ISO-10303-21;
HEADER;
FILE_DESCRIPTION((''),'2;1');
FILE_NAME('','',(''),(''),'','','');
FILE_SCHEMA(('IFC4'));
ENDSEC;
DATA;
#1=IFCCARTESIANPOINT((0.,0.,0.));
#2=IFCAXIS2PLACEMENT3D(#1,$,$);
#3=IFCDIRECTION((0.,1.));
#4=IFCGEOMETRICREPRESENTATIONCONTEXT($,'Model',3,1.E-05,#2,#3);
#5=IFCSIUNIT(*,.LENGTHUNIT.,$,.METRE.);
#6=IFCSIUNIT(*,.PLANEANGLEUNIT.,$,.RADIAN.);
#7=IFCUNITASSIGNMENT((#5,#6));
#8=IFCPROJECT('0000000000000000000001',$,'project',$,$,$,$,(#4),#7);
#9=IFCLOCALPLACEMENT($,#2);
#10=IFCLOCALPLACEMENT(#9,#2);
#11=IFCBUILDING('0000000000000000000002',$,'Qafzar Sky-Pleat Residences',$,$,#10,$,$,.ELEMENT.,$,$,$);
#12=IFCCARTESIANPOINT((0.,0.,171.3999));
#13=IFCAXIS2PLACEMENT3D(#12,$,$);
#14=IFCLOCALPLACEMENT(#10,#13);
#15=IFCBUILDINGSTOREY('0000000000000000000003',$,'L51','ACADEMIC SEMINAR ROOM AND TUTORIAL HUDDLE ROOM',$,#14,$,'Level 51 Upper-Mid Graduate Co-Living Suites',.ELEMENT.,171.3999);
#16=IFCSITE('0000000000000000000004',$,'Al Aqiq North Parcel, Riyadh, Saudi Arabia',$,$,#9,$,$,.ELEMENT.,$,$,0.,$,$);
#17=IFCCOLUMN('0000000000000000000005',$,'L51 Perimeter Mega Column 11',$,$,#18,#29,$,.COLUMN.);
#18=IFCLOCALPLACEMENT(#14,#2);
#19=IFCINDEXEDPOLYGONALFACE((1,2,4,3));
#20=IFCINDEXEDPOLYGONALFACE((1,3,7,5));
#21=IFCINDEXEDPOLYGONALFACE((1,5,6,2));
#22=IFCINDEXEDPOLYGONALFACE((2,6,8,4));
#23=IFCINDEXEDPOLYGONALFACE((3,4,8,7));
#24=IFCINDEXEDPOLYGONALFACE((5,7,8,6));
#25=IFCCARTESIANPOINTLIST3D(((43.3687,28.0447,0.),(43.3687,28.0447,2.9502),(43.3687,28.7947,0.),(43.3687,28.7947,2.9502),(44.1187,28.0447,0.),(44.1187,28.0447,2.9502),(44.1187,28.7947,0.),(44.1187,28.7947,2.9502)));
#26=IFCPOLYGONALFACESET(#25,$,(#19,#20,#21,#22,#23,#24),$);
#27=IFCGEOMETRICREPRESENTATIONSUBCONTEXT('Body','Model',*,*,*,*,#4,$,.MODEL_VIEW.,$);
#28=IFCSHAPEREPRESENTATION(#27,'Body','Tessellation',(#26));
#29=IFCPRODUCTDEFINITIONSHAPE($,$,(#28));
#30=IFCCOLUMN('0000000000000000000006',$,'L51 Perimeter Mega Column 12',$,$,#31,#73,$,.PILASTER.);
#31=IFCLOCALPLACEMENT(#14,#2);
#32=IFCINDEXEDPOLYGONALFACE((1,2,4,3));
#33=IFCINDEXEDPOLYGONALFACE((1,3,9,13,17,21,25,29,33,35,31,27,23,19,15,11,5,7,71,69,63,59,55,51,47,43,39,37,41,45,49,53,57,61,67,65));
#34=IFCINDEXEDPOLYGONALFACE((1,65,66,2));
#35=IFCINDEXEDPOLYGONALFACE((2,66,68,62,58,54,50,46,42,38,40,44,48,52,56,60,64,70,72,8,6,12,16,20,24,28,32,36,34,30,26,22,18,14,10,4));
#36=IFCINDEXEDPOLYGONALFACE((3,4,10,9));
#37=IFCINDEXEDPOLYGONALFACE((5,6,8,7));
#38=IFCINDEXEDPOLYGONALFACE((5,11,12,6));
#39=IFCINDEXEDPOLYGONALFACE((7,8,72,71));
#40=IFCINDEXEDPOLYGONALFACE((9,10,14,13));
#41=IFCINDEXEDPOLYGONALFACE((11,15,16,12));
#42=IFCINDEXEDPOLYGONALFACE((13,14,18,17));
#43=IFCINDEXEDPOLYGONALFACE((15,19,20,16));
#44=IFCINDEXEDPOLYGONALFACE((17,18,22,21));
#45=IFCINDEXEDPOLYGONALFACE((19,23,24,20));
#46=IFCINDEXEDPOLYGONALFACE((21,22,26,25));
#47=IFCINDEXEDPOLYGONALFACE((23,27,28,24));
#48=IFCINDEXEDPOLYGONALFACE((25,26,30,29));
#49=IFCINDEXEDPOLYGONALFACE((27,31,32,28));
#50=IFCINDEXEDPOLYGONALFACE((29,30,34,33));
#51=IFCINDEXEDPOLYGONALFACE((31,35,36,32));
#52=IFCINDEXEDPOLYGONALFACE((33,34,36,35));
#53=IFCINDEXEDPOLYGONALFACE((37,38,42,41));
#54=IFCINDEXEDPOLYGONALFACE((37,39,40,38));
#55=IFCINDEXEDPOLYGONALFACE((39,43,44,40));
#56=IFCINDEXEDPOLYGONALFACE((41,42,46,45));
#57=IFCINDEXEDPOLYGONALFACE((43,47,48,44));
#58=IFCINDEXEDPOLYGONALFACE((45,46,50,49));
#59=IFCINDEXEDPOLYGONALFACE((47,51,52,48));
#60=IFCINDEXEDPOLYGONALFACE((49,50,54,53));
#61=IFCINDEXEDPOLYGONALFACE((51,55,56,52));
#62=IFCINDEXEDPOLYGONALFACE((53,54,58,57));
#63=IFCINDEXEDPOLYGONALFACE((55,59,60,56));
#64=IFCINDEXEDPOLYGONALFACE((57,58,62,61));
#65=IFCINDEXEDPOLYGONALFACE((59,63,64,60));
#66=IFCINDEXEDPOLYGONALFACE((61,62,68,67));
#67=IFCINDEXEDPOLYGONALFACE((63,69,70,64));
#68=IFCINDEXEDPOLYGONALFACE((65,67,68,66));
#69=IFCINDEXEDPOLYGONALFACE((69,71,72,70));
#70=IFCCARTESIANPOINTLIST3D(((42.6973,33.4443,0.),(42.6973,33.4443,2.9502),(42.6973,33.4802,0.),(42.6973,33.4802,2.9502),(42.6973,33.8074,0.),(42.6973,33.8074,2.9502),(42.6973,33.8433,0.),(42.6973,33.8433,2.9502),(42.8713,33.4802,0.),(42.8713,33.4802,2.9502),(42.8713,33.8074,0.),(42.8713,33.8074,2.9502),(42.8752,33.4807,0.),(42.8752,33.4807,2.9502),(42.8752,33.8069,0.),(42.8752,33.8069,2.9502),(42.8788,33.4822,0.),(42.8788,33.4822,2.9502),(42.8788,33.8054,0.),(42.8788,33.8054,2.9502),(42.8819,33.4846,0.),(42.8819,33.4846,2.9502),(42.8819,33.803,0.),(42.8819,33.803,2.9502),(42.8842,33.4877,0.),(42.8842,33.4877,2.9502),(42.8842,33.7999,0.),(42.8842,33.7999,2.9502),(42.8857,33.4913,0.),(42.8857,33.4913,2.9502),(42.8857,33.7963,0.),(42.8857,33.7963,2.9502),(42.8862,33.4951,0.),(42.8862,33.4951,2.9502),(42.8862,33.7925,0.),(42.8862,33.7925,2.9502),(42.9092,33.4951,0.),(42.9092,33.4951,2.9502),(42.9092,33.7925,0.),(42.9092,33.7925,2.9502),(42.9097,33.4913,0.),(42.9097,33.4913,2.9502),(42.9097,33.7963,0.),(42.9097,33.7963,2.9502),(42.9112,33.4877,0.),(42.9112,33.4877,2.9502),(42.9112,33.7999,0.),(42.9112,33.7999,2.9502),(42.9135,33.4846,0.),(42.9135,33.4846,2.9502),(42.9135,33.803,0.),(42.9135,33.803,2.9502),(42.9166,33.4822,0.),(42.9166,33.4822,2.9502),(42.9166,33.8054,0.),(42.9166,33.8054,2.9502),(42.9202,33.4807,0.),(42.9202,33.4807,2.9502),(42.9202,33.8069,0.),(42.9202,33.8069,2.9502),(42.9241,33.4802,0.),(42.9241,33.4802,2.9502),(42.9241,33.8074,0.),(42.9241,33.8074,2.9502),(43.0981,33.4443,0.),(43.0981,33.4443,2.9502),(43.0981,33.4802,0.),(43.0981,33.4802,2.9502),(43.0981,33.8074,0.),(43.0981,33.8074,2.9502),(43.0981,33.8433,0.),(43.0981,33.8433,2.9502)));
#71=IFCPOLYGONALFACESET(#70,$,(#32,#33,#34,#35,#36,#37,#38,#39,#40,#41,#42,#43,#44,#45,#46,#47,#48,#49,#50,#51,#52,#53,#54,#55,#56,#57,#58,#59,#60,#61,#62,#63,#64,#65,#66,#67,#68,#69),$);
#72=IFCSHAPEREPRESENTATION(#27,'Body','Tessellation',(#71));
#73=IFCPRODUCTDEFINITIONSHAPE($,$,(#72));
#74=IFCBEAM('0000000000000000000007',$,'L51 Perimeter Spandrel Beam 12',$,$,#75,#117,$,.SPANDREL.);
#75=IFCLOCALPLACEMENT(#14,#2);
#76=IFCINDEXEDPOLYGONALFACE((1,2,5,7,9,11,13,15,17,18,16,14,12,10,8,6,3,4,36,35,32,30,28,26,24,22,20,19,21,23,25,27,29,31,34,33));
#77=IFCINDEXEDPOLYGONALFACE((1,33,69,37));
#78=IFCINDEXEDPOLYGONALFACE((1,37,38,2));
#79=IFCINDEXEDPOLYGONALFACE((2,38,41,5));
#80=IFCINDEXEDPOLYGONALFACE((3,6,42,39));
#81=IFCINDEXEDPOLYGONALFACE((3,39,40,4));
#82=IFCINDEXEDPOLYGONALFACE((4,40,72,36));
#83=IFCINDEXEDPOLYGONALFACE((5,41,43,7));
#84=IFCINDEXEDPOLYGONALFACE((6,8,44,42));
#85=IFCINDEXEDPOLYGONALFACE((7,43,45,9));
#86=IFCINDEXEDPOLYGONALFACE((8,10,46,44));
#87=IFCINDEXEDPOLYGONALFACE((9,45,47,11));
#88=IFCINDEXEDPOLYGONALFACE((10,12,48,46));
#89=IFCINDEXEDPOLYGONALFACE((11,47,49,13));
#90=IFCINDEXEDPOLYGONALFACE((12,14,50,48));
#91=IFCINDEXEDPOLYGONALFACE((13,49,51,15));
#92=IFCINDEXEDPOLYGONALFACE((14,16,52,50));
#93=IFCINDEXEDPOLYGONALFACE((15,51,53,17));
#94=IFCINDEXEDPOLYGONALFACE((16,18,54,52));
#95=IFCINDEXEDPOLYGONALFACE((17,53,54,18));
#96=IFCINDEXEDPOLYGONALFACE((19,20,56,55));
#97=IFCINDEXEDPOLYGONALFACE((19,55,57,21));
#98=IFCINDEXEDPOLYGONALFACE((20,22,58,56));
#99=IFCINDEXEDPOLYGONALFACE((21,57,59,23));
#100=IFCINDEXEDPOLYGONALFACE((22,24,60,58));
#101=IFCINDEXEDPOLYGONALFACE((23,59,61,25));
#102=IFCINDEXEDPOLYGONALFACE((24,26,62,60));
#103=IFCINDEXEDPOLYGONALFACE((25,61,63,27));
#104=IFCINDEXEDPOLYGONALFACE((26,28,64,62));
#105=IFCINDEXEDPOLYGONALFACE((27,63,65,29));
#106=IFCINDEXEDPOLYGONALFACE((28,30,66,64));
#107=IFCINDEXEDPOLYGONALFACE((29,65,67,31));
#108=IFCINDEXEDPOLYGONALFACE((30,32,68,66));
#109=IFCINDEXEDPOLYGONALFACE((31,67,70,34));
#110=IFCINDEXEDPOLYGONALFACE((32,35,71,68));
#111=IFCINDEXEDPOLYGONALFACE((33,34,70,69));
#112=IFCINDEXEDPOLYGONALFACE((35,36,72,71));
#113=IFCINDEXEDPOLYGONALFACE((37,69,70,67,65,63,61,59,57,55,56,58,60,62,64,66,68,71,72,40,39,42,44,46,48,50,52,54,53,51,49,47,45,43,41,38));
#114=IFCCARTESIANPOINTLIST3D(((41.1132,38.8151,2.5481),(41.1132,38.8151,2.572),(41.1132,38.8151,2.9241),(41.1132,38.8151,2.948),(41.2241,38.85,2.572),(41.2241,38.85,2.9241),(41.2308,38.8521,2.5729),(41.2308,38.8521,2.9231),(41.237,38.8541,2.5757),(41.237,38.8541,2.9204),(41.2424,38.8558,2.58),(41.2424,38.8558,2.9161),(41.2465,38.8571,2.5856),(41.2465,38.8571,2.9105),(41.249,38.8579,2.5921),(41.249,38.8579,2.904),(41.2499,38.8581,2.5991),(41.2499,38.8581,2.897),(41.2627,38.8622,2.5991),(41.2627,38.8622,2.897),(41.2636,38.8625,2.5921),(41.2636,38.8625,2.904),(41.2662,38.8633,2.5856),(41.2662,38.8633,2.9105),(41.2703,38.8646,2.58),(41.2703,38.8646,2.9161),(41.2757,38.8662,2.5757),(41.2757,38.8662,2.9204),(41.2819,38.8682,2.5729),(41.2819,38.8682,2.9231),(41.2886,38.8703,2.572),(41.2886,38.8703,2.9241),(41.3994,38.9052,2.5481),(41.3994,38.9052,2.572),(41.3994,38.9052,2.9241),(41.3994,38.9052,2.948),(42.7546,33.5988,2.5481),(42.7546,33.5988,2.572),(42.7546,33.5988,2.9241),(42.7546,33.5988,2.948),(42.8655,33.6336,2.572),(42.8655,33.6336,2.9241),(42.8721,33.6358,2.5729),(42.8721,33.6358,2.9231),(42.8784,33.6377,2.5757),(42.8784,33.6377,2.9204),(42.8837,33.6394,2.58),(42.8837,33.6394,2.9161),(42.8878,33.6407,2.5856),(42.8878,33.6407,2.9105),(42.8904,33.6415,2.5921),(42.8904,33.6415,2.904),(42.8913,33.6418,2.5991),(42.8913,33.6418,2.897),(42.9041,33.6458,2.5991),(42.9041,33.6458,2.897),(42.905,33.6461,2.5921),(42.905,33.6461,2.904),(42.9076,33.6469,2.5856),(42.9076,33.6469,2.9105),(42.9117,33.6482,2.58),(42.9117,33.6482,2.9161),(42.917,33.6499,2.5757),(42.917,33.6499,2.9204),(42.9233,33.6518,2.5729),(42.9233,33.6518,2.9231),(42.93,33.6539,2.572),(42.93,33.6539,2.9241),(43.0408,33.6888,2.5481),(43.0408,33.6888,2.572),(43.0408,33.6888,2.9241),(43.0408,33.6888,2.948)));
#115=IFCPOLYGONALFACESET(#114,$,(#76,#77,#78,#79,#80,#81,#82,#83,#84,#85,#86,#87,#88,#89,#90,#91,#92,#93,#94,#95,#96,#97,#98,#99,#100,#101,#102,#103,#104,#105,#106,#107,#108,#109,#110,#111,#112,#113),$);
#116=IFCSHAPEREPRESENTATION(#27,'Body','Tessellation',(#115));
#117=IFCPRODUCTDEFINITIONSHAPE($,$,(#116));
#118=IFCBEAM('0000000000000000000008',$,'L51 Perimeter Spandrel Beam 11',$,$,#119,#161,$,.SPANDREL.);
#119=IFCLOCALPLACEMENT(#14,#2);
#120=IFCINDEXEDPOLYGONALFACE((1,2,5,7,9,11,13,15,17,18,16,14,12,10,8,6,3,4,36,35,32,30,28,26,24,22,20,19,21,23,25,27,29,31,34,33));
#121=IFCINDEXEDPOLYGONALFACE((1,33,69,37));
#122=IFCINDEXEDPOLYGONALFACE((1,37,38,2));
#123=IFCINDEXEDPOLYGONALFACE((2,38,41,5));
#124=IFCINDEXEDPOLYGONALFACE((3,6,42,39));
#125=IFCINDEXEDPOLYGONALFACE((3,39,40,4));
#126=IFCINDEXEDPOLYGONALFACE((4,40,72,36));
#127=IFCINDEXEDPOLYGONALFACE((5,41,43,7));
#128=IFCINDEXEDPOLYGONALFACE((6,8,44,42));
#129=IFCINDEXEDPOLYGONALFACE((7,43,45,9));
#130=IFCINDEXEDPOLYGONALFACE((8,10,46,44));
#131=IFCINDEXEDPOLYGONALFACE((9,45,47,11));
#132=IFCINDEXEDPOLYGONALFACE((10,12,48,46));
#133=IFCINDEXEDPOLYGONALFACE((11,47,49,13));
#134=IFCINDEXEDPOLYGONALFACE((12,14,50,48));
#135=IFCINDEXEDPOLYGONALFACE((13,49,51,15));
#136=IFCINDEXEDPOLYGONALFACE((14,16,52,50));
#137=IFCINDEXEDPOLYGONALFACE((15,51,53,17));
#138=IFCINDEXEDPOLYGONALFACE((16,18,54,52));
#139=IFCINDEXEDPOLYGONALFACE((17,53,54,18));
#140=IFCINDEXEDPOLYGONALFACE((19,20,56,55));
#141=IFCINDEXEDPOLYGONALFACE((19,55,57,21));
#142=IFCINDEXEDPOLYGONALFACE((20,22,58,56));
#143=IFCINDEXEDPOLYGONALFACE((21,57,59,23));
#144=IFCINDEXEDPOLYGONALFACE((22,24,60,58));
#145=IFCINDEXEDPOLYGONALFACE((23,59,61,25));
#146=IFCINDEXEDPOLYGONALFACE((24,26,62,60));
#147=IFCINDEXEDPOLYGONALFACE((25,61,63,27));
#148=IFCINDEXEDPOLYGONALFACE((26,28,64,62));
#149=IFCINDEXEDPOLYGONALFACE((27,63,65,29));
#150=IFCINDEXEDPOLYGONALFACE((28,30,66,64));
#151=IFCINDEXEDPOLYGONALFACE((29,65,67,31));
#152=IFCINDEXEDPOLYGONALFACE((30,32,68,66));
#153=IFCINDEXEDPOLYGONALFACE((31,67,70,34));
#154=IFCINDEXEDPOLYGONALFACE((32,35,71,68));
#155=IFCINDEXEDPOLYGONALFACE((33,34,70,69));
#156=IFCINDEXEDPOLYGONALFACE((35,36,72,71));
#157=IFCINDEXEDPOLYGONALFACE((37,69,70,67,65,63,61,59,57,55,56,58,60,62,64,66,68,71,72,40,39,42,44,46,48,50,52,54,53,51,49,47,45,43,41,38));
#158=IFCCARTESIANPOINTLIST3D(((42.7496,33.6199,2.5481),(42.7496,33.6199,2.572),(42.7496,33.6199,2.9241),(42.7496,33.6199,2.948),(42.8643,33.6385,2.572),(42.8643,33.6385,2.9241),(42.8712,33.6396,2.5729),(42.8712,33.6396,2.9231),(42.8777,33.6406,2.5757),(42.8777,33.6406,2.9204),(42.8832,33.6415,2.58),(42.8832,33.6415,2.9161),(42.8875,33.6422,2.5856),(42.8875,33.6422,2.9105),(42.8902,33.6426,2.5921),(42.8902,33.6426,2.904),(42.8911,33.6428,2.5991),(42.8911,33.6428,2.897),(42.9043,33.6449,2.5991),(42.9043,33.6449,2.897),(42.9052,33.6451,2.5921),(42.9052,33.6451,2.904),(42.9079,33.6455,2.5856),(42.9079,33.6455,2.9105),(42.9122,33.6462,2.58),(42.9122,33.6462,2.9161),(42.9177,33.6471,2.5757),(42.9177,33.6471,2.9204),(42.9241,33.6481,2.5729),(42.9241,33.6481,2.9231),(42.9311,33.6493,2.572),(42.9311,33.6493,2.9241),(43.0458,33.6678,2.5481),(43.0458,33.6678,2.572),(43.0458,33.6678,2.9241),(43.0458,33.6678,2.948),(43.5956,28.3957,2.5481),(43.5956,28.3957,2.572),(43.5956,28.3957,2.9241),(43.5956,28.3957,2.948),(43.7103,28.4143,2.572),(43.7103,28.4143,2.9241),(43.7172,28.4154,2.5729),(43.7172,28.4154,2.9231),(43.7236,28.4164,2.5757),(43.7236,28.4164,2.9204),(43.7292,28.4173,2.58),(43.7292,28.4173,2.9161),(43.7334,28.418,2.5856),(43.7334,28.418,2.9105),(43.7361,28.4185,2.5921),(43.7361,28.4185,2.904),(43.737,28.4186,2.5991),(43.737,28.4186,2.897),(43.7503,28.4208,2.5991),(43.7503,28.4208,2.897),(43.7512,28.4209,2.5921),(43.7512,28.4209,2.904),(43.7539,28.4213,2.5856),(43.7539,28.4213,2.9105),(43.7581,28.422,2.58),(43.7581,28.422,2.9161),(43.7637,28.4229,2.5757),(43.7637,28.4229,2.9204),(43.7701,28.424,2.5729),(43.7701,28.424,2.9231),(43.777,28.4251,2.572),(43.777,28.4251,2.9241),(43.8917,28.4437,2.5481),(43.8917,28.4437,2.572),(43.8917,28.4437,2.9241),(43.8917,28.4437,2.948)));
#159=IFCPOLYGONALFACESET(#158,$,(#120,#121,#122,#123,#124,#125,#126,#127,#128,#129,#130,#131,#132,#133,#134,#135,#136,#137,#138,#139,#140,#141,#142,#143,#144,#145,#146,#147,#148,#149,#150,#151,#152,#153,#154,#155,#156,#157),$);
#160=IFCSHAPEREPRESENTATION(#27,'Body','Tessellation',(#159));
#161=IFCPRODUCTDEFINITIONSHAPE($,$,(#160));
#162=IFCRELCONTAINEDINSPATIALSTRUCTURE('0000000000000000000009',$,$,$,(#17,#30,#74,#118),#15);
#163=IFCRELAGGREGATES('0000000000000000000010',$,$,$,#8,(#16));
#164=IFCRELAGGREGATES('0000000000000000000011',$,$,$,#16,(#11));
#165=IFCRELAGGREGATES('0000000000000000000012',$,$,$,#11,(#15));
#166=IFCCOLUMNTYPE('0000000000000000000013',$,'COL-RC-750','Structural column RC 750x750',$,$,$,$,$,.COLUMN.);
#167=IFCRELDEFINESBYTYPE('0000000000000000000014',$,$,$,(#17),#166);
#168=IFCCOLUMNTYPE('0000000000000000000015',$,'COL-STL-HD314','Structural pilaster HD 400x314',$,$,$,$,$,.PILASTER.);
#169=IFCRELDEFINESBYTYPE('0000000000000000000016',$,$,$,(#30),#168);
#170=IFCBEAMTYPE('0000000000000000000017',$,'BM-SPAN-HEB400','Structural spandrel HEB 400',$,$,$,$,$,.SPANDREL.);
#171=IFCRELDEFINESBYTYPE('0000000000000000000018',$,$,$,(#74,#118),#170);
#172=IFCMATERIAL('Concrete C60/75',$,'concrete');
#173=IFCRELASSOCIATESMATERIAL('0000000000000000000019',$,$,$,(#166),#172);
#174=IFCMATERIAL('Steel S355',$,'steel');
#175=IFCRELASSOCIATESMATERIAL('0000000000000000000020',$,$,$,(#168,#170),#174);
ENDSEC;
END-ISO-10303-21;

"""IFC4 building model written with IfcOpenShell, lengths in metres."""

from ifc_helpers import new_model, si_unit, direction, frame, origin, origin_2d, place, context, subcontext, project, spatial, rectangle, i_section, extrude, source, transform, mapped, material, material_profile, profile_set, type_object, element, save


model = new_model("IFC4")

# Units and contexts
model_context = context("Model", 3, precision=1e-05, world=origin(), true_north=direction((0.0, 1.0)))
body_context = subcontext(model_context, "Body", "Model", "MODEL_VIEW")
ifc_project = project(units=[si_unit("LENGTHUNIT", "METRE"), si_unit("PLANEANGLEUNIT", "RADIAN")], contexts=[model_context])

# Site, building, storey
site_placement = place(None, origin())
site = spatial("IfcSite", under=ifc_project, at=site_placement, Name="Al Aqiq North Parcel, Riyadh, Saudi Arabia", CompositionType="ELEMENT", RefElevation=0.0)
building_placement = place(site_placement, origin())
building = spatial("IfcBuilding", under=site, at=building_placement, Name="Qafzar Sky-Pleat Residences", CompositionType="ELEMENT")
storey_placement = place(building_placement, frame((0.0, 0.0, 171.3999)))
storey = spatial("IfcBuildingStorey", under=building, at=storey_placement, Name="L51", Description="ACADEMIC SEMINAR ROOM AND TUTORIAL HUDDLE ROOM", LongName="Level 51 Upper-Mid Graduate Co-Living Suites", CompositionType="ELEMENT", Elevation=171.3999)

# Columns
ifc_material_1 = material(Name="Concrete C60/75", Category="concrete")
ifc_material_profile_1 = material_profile(ifc_material_1, rectangle(XDim=0.75, YDim=0.75, at=origin_2d()), Name="RC 750x750")
ifc_profile_set_1 = profile_set([ifc_material_profile_1], Name="Concrete C60/75")
column_type_1 = type_object("IfcColumnType", Name="COL-RC-750", Description="Structural column RC 750x750", PredefinedType="COLUMN", material=ifc_profile_set_1)
shared_shape_1 = source(origin(), body_context, "Body", "SweptSolid", [
    extrude(rectangle(XDim=0.75, YDim=0.75, at=origin_2d()), origin(), (0.0, 0.0, 1.0), 2.9502),
])
column_1_placement = place(storey_placement, frame((43.7437, 28.4197, 0.0), z_axis=(0.0, 0.0, 1.0), x_axis=(1.0, 0.0, 0.0)))
element("IfcColumn", 1, at=column_1_placement, inside=storey, type_object=column_type_1, Name="L51 Perimeter Mega Column 11", PredefinedType="COLUMN", context=body_context, shape_type="MappedRepresentation", body=[
    mapped(shared_shape_1, transform((0.0, 0.0, 0.0), x_axis=(1.0, 0.0, 0.0), y_axis=(0.0, 1.0, 0.0), z_axis=(0.0, 0.0, 1.0), scale=1.0)),
])
ifc_material_2 = material(Name="Steel S355", Category="steel")
ifc_material_profile_2 = material_profile(ifc_material_2, i_section(OverallWidth=0.4009, OverallDepth=0.3989, WebThickness=0.0229, FlangeThickness=0.0359, FilletRadius=0.0149, at=origin_2d()), Name="HD 400x314")
ifc_profile_set_2 = profile_set([ifc_material_profile_2], Name="Steel S355")
column_type_2 = type_object("IfcColumnType", Name="COL-STL-HD314", Description="Structural pilaster HD 400x314", PredefinedType="PILASTER", material=ifc_profile_set_2)
shared_shape_2 = source(origin(), body_context, "Body", "SweptSolid", [
    extrude(i_section(OverallWidth=0.4009, OverallDepth=0.3989, WebThickness=0.0229, FlangeThickness=0.0359, FilletRadius=0.0149, at=origin_2d()), origin(), (0.0, 0.0, 1.0), 2.9502),
])
column_2_placement = place(storey_placement, frame((42.8977, 33.6438, 0.0), z_axis=(0.0, 0.0, 1.0), x_axis=(1.0, 0.0, 0.0)))
element("IfcColumn", 2, at=column_2_placement, inside=storey, type_object=column_type_2, Name="L51 Perimeter Mega Column 12", PredefinedType="PILASTER", context=body_context, shape_type="MappedRepresentation", body=[
    mapped(shared_shape_2, transform((0.0, 0.0, 0.0), x_axis=(1.0, 0.0, 0.0), y_axis=(0.0, 1.0, 0.0), z_axis=(0.0, 0.0, 1.0), scale=1.0)),
])

# Beams
ifc_material_profile_3 = material_profile(ifc_material_2, i_section(OverallWidth=0.3, OverallDepth=0.3999, WebThickness=0.0134, FlangeThickness=0.0239, FilletRadius=0.0271, at=origin_2d()), Name="HEB 400")
ifc_profile_set_3 = profile_set([ifc_material_profile_3], Name="Steel S355")
beam_type_1 = type_object("IfcBeamType", Name="BM-SPAN-HEB400", Description="Structural spandrel HEB 400", PredefinedType="SPANDREL", material=ifc_profile_set_3)
shared_shape_3 = source(origin(), body_context, "Body", "SweptSolid", [
    extrude(i_section(OverallWidth=0.3, OverallDepth=0.3999, WebThickness=0.0134, FlangeThickness=0.0239, FilletRadius=0.0271, at=origin_2d()), origin(), (0.0, 0.0, 1.0), 5.4685),
])
beam_1_placement = place(storey_placement, frame((42.8977, 33.6438, 2.748), z_axis=(-0.30015, 0.953892, 0.0), x_axis=(-0.953892, -0.30015, 0.0)))
element("IfcBeam", 3, at=beam_1_placement, inside=storey, type_object=beam_type_1, Name="L51 Perimeter Spandrel Beam 12", PredefinedType="SPANDREL", context=body_context, shape_type="MappedRepresentation", body=[
    mapped(shared_shape_3, transform((0.0, 0.0, 0.0), x_axis=(1.0, 0.0, 0.0), y_axis=(0.0, 1.0, 0.0), z_axis=(0.0, 0.0, 1.0), scale=1.0)),
])
shared_shape_4 = source(origin(), body_context, "Body", "SweptSolid", [
    extrude(i_section(OverallWidth=0.3, OverallDepth=0.3999, WebThickness=0.0134, FlangeThickness=0.0239, FilletRadius=0.0271, at=origin_2d()), origin(), (0.0, 0.0, 1.0), 5.2922),
])
beam_2_placement = place(storey_placement, frame((43.7437, 28.4197, 2.748), z_axis=(-0.159849, 0.987142, 0.0), x_axis=(-0.987142, -0.159849, 0.0)))
element("IfcBeam", 4, at=beam_2_placement, inside=storey, type_object=beam_type_1, Name="L51 Perimeter Spandrel Beam 11", PredefinedType="SPANDREL", context=body_context, shape_type="MappedRepresentation", body=[
    mapped(shared_shape_4, transform((0.0, 0.0, 0.0), x_axis=(1.0, 0.0, 0.0), y_axis=(0.0, 1.0, 0.0), z_axis=(0.0, 0.0, 1.0), scale=1.0)),
])

save(model, "model.ifc")
